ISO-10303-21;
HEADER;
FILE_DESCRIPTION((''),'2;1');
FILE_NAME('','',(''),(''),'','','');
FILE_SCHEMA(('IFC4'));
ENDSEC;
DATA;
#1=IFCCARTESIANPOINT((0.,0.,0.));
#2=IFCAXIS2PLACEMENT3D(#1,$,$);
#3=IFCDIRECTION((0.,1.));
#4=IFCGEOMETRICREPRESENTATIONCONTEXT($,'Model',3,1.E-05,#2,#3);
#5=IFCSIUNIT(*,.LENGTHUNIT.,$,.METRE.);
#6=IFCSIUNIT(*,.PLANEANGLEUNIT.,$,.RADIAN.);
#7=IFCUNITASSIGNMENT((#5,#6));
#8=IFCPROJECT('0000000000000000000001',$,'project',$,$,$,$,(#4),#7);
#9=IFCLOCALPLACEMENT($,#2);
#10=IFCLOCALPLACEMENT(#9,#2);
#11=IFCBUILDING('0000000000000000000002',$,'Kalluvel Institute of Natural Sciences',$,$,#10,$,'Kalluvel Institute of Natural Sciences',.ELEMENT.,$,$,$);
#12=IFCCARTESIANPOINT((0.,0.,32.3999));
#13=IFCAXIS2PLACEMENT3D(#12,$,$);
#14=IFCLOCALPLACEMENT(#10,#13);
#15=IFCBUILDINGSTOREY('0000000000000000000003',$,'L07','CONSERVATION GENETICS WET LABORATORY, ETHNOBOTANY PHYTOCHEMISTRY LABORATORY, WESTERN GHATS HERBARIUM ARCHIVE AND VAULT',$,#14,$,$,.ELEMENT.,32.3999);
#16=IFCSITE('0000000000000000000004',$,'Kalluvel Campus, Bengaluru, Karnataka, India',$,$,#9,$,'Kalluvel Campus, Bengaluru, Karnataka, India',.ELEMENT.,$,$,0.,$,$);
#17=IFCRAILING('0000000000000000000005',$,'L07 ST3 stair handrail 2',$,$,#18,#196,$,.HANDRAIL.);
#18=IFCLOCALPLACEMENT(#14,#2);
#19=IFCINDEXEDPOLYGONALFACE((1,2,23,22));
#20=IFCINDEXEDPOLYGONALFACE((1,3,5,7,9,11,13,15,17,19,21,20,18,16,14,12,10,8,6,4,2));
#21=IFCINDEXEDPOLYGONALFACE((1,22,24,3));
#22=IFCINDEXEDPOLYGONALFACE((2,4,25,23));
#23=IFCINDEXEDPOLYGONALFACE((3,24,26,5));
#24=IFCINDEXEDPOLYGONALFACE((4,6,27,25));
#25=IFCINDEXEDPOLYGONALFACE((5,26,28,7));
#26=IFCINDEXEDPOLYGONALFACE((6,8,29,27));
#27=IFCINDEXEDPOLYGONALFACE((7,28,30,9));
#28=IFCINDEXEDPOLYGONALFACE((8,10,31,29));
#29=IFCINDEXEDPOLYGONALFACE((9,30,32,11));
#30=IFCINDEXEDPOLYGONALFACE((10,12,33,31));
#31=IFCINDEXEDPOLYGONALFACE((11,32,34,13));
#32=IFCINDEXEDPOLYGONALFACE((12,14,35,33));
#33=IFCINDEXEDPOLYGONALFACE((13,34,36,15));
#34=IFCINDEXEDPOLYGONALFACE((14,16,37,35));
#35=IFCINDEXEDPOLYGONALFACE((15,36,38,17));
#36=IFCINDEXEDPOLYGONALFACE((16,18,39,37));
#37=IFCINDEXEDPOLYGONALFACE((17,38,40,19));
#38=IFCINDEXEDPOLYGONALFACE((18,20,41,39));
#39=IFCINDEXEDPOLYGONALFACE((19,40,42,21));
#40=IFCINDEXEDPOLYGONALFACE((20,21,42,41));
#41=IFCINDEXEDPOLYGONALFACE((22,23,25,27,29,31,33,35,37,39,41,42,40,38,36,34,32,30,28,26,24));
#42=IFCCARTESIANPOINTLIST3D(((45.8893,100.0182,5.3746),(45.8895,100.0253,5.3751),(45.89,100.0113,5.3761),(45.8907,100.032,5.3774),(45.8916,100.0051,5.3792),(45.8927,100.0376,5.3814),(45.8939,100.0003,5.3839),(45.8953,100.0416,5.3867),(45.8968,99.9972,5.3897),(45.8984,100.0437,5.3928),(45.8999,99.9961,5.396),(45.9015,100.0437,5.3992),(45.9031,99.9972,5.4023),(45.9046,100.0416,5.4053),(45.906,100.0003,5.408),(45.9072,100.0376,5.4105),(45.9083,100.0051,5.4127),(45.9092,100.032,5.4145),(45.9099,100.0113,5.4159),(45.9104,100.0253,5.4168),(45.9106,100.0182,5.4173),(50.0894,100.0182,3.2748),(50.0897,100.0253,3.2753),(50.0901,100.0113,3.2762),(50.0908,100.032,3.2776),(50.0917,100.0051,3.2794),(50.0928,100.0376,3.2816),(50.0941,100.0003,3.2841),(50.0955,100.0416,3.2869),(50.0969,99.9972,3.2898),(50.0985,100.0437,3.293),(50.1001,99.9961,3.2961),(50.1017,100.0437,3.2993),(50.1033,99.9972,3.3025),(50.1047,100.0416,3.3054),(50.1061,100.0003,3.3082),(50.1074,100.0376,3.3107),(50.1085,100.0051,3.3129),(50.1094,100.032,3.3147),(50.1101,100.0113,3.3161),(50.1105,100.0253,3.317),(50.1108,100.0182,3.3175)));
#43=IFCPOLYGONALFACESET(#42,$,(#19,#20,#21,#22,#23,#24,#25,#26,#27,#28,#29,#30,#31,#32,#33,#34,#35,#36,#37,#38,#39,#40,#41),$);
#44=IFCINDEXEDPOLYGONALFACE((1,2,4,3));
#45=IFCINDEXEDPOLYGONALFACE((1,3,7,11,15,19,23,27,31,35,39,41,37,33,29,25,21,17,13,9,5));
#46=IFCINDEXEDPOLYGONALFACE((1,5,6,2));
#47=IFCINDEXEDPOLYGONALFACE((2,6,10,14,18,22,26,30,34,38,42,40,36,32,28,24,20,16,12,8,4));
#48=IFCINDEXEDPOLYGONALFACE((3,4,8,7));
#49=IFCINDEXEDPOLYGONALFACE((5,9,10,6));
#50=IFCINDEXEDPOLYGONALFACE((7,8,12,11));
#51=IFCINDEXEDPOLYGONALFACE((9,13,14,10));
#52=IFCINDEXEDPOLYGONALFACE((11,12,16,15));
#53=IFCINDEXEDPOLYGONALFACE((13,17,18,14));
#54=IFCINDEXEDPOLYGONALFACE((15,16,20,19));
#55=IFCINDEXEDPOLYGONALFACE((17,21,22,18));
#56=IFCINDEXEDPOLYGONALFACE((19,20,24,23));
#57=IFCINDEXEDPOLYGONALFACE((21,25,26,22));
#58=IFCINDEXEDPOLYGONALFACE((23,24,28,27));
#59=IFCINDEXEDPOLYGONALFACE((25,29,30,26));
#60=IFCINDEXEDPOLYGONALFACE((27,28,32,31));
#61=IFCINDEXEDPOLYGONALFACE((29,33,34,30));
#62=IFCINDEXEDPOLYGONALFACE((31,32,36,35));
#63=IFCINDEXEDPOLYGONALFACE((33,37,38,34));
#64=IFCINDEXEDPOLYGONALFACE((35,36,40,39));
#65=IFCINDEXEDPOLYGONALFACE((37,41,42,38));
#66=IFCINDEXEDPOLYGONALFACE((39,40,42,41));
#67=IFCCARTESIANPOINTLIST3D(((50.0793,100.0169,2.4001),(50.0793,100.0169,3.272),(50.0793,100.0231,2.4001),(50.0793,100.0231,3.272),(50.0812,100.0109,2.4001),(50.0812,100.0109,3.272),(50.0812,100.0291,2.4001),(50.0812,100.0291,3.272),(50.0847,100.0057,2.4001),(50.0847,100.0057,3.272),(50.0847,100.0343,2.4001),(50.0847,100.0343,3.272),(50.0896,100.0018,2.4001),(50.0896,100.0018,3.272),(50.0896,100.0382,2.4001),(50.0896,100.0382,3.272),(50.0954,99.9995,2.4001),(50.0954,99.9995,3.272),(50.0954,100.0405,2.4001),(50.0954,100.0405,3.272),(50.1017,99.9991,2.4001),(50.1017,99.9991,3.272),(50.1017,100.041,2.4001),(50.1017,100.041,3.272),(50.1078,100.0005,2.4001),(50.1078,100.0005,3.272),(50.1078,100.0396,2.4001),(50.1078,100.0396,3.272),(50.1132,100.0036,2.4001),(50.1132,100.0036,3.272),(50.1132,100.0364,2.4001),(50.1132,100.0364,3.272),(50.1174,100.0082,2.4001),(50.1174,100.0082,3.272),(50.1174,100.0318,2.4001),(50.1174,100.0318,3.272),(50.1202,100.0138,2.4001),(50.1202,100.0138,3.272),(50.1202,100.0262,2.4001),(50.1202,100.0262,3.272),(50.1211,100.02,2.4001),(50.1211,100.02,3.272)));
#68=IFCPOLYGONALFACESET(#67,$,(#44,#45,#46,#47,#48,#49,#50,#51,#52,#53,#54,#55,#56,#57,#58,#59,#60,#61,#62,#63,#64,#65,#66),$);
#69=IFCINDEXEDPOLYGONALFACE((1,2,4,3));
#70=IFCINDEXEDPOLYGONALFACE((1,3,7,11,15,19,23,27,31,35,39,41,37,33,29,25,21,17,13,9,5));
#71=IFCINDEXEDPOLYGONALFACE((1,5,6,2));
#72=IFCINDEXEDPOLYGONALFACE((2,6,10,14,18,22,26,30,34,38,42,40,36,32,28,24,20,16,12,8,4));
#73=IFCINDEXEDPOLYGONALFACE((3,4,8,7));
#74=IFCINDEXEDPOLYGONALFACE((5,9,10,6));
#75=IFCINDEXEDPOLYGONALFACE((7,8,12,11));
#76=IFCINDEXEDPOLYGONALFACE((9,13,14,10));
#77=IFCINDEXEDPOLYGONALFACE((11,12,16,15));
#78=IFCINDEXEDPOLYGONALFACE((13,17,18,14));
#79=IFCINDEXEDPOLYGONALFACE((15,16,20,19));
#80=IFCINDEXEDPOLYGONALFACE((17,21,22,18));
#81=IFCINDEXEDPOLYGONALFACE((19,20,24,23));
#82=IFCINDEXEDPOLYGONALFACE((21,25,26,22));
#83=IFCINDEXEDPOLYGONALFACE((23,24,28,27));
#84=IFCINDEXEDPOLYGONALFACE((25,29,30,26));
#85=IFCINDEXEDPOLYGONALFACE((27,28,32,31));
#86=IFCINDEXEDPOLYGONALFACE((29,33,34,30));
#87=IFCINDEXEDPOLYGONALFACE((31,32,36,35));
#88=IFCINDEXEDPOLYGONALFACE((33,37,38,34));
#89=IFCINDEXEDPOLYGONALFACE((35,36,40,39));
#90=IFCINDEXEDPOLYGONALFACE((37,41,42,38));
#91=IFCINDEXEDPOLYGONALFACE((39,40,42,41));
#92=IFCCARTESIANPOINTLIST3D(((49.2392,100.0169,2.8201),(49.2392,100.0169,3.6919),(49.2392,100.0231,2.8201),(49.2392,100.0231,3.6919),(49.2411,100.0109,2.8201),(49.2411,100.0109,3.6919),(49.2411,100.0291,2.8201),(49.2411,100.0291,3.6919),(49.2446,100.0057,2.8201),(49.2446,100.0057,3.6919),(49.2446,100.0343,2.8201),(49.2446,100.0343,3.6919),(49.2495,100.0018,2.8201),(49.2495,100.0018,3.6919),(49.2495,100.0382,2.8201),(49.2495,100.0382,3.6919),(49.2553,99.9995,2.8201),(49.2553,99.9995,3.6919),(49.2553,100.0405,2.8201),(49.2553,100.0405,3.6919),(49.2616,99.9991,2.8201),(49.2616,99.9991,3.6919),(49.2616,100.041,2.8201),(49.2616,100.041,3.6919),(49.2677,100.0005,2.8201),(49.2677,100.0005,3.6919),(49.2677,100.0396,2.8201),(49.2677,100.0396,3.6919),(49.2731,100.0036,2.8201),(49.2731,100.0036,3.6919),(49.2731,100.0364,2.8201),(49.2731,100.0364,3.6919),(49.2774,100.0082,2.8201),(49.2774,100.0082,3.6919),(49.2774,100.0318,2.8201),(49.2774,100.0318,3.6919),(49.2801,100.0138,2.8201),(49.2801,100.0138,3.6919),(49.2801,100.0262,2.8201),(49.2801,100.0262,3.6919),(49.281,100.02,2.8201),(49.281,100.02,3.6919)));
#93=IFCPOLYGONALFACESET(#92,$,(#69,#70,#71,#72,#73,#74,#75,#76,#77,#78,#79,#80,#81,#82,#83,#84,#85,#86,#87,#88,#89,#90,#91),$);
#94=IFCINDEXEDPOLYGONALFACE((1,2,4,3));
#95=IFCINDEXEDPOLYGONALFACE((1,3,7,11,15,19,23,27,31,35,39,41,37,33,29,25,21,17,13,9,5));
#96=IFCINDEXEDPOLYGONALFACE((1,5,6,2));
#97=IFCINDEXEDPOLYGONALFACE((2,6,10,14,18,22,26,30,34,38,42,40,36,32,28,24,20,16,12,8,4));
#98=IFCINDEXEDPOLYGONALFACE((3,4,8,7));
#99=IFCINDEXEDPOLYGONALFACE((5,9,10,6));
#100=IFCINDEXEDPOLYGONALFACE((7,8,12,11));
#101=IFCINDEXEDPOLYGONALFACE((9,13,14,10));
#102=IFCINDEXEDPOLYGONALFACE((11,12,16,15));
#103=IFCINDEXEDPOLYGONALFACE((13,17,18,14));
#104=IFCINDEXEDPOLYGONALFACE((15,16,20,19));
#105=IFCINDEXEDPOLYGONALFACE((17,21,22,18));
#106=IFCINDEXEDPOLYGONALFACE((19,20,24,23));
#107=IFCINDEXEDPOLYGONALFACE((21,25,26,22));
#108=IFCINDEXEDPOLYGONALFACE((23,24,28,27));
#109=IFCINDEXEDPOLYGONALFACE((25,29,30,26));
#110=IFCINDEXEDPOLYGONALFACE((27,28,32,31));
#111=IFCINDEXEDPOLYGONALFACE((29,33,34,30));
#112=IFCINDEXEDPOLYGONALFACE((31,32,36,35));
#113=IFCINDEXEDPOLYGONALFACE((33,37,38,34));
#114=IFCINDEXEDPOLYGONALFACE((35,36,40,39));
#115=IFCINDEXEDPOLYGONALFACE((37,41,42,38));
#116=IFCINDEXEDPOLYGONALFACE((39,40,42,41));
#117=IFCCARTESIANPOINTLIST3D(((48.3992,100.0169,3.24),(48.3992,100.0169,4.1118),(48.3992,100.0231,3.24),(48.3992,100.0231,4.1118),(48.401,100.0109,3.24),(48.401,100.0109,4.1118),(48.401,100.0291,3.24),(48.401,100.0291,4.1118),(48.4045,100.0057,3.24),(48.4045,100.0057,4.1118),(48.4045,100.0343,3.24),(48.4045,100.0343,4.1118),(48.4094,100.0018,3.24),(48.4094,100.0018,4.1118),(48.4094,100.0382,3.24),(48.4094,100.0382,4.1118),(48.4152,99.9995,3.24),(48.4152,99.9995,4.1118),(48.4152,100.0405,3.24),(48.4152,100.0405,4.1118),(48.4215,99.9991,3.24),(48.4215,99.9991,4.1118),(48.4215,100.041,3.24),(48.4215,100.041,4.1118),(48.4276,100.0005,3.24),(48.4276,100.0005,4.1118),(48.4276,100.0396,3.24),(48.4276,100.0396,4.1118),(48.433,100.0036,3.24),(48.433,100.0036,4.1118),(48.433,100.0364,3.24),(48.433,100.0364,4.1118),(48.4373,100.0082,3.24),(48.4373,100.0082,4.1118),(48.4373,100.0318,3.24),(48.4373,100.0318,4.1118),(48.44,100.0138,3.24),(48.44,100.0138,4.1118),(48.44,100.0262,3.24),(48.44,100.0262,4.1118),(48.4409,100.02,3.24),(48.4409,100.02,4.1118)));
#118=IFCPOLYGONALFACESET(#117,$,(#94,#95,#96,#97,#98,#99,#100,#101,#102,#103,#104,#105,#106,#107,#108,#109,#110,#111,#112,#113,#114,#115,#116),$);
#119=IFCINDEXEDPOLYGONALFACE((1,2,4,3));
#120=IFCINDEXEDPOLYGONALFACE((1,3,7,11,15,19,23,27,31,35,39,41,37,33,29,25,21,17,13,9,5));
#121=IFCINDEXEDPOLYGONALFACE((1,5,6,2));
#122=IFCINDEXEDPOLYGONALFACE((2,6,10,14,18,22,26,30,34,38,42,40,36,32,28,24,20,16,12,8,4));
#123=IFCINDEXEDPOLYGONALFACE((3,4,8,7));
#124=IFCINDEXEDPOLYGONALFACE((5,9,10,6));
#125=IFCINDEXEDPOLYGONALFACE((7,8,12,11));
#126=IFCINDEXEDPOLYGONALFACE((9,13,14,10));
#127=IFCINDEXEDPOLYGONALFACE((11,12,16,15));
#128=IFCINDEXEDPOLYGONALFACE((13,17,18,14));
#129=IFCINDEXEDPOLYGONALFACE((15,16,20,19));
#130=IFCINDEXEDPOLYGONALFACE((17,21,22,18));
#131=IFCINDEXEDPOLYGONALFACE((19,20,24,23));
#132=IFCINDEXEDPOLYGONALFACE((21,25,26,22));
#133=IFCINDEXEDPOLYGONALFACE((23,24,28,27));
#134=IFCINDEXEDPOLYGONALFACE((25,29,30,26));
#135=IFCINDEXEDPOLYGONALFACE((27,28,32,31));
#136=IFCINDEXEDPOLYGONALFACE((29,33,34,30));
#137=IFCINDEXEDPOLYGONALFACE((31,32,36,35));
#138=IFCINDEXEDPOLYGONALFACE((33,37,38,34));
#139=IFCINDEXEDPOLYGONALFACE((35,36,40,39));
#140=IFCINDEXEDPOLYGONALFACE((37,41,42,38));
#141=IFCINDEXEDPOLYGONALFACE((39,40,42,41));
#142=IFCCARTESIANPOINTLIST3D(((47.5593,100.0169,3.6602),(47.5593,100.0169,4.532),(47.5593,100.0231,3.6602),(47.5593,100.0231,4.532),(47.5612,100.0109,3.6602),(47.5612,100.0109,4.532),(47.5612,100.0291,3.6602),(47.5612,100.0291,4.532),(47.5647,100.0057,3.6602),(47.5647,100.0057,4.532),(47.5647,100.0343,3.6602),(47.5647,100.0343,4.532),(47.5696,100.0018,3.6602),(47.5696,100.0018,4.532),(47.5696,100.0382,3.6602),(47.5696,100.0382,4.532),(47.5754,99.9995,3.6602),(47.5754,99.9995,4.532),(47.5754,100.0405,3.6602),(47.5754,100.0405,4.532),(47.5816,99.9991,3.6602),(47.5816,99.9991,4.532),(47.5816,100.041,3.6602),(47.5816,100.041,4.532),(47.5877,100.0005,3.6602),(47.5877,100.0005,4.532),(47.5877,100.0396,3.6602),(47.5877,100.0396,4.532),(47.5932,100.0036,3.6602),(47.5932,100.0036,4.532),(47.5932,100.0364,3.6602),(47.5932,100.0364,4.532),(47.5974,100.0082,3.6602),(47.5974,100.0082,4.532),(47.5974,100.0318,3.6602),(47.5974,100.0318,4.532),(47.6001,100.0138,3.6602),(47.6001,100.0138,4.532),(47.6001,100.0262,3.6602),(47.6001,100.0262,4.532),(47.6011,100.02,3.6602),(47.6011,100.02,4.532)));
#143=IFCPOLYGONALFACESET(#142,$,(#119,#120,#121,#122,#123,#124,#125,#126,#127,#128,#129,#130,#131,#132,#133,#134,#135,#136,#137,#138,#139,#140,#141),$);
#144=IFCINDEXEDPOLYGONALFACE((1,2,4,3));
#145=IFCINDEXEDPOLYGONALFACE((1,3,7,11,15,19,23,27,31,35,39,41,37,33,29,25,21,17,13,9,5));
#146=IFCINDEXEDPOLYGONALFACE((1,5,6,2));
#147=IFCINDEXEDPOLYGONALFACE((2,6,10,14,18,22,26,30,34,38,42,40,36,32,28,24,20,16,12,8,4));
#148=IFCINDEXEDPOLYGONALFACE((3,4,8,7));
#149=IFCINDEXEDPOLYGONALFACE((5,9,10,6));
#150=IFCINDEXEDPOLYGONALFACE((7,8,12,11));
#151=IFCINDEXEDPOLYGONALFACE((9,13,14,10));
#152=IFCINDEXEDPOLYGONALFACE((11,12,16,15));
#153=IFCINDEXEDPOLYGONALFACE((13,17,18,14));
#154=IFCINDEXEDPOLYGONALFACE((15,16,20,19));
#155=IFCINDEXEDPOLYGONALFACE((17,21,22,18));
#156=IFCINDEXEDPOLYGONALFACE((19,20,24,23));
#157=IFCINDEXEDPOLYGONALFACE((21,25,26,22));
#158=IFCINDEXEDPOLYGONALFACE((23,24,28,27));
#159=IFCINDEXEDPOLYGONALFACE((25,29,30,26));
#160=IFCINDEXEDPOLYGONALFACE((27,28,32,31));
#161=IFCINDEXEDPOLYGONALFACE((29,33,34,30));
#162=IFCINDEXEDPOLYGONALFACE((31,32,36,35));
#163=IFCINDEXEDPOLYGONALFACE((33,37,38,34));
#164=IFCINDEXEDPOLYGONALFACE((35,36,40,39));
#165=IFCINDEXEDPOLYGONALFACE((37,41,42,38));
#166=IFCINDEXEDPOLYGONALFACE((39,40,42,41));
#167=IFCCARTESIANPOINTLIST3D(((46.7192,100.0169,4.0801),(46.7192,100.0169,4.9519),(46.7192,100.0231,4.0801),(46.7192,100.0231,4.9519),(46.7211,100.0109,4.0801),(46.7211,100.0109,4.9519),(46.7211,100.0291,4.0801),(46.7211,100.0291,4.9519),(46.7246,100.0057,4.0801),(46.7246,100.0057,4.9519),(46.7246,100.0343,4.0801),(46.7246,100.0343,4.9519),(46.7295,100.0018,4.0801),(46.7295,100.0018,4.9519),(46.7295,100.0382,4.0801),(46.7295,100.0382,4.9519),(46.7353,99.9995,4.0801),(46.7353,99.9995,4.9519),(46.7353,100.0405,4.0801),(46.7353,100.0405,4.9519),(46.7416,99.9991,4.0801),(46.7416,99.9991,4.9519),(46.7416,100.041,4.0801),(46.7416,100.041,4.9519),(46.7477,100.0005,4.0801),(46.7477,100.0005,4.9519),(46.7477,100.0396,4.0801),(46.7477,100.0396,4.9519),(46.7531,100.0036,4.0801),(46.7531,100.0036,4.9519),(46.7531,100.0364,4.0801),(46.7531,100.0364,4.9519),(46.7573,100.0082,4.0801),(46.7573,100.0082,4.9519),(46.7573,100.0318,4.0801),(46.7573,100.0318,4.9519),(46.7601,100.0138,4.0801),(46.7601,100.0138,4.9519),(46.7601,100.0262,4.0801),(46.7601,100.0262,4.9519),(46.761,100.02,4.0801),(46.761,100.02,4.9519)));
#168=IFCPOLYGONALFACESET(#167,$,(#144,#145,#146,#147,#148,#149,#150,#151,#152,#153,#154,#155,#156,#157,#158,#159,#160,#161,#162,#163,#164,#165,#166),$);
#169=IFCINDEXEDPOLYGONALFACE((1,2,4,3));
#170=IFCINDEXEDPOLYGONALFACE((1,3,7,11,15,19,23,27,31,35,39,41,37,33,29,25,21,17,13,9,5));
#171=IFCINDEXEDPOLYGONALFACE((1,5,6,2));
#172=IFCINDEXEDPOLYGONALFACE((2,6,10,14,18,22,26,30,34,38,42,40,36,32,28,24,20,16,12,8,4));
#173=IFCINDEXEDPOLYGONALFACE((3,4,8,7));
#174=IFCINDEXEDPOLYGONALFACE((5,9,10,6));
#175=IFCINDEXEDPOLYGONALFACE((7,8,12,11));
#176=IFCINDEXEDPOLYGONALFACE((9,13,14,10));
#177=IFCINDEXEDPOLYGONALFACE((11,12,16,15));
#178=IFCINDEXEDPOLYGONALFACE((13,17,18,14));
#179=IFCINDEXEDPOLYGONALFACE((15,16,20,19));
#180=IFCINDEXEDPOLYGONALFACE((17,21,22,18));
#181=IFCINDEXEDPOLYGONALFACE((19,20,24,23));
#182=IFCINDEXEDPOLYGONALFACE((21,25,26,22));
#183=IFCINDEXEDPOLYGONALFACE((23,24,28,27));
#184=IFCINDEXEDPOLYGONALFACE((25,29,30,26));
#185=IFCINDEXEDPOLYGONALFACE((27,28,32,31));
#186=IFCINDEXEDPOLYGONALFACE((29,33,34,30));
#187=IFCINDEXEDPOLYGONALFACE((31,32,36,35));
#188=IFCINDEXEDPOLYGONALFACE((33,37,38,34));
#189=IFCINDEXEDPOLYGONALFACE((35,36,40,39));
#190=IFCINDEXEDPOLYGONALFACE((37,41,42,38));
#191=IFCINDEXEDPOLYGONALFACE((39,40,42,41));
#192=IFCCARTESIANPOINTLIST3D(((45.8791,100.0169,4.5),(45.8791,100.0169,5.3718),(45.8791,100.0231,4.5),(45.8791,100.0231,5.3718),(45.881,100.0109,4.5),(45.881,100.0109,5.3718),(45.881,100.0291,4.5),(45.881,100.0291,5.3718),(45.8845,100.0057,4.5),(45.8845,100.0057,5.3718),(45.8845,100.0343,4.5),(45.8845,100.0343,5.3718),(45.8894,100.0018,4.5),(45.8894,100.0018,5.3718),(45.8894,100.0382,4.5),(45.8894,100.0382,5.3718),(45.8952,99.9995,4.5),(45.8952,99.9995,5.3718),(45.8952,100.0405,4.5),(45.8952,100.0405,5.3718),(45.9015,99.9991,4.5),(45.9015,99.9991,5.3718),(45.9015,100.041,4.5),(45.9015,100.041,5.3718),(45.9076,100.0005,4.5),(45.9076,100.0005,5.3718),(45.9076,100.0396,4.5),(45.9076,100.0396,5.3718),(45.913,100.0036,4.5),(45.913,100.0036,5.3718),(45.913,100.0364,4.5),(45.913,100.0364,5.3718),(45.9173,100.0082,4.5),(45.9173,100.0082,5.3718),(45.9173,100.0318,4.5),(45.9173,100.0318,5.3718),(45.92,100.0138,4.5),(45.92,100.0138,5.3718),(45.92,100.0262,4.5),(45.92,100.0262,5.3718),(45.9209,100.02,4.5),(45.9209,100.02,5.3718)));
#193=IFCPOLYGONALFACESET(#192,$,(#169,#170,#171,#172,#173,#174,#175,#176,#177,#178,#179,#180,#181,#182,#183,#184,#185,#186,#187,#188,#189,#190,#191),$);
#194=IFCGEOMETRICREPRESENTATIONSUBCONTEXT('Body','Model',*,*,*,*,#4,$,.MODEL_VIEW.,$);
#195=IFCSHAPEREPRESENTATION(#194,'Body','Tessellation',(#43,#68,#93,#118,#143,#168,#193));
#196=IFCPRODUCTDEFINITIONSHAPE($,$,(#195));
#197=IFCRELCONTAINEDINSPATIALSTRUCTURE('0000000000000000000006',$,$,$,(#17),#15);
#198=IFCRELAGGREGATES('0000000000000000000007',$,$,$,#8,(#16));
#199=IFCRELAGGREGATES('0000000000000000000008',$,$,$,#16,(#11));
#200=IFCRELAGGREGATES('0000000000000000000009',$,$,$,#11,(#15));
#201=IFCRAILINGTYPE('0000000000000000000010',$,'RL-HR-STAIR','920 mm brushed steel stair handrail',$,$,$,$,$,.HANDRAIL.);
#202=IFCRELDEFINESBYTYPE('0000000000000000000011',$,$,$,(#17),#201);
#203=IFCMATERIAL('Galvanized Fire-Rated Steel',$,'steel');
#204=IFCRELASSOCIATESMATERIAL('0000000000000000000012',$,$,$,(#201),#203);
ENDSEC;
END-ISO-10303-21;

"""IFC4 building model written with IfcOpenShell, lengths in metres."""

from ifc_helpers import new_model, si_unit, direction, frame, origin, origin_2d, place, context, subcontext, project, spatial, circle, extrude, material, type_object, element, save


model = new_model("IFC4")

# Units and contexts
model_context = context("Model", 3, precision=1e-05, world=origin(), true_north=direction((0.0, 1.0)))
body_context = subcontext(model_context, "Body", "Model", "MODEL_VIEW")
ifc_project = project(units=[si_unit("LENGTHUNIT", "METRE"), si_unit("PLANEANGLEUNIT", "RADIAN")], contexts=[model_context])

# Site, building, storey
site_placement = place(None, origin())
site = spatial("IfcSite", under=ifc_project, at=site_placement, Name="Kalluvel Campus, Bengaluru, Karnataka, India", LongName="Kalluvel Campus, Bengaluru, Karnataka, India", CompositionType="ELEMENT", RefElevation=0.0)
building_placement = place(site_placement, origin())
building = spatial("IfcBuilding", under=site, at=building_placement, Name="Kalluvel Institute of Natural Sciences", LongName="Kalluvel Institute of Natural Sciences", CompositionType="ELEMENT")
storey_placement = place(building_placement, frame((0.0, 0.0, 32.3999)))
storey = spatial("IfcBuildingStorey", under=building, at=storey_placement, Name="L07", Description="CONSERVATION GENETICS WET LABORATORY, ETHNOBOTANY PHYTOCHEMISTRY LABORATORY, WESTERN GHATS HERBARIUM ARCHIVE AND VAULT", CompositionType="ELEMENT", Elevation=32.3999)

# Shared definitions
ifc_material_1 = material(Name="Galvanized Fire-Rated Steel", Category="steel")

# Railing
railing_type_1 = type_object("IfcRailingType", Name="RL-HR-STAIR", Description="920 mm brushed steel stair handrail", PredefinedType="HANDRAIL", material=ifc_material_1)
railing_1_placement = place(storey_placement, frame((50.1001, 100.02, 2.4001)))
element("IfcRailing", 1, at=railing_1_placement, inside=storey, type_object=railing_type_1, Name="L07 ST3 stair handrail 2", PredefinedType="HANDRAIL", context=body_context, shape_type="SweptSolid", body=[
    extrude(circle(Radius=0.0239, at=origin_2d()), frame((0.0, 0.0, 0.896), z_axis=(-0.894448, 0.0, 0.447172), x_axis=(0.0, -1.0, 0.0)), (0.0, 0.0, 1.0), 4.6958),
    extrude(circle(Radius=0.021, at=origin_2d()), origin(), (0.0, 0.0, 1.0), 0.8718),
    extrude(circle(Radius=0.021, at=origin_2d()), frame((-0.8401, 0.0, 0.4199)), (0.0, 0.0, 1.0), 0.8718),
    extrude(circle(Radius=0.021, at=origin_2d()), frame((-1.6802, 0.0, 0.8398)), (0.0, 0.0, 1.0), 0.8718),
    extrude(circle(Radius=0.021, at=origin_2d()), frame((-2.52, 0.0, 1.26)), (0.0, 0.0, 1.0), 0.8718),
    extrude(circle(Radius=0.021, at=origin_2d()), frame((-3.3601, 0.0, 1.6799)), (0.0, 0.0, 1.0), 0.8718),
    extrude(circle(Radius=0.021, at=origin_2d()), frame((-4.2002, 0.0, 2.0999)), (0.0, 0.0, 1.0), 0.8718),
])

save(model, "model.ifc")
